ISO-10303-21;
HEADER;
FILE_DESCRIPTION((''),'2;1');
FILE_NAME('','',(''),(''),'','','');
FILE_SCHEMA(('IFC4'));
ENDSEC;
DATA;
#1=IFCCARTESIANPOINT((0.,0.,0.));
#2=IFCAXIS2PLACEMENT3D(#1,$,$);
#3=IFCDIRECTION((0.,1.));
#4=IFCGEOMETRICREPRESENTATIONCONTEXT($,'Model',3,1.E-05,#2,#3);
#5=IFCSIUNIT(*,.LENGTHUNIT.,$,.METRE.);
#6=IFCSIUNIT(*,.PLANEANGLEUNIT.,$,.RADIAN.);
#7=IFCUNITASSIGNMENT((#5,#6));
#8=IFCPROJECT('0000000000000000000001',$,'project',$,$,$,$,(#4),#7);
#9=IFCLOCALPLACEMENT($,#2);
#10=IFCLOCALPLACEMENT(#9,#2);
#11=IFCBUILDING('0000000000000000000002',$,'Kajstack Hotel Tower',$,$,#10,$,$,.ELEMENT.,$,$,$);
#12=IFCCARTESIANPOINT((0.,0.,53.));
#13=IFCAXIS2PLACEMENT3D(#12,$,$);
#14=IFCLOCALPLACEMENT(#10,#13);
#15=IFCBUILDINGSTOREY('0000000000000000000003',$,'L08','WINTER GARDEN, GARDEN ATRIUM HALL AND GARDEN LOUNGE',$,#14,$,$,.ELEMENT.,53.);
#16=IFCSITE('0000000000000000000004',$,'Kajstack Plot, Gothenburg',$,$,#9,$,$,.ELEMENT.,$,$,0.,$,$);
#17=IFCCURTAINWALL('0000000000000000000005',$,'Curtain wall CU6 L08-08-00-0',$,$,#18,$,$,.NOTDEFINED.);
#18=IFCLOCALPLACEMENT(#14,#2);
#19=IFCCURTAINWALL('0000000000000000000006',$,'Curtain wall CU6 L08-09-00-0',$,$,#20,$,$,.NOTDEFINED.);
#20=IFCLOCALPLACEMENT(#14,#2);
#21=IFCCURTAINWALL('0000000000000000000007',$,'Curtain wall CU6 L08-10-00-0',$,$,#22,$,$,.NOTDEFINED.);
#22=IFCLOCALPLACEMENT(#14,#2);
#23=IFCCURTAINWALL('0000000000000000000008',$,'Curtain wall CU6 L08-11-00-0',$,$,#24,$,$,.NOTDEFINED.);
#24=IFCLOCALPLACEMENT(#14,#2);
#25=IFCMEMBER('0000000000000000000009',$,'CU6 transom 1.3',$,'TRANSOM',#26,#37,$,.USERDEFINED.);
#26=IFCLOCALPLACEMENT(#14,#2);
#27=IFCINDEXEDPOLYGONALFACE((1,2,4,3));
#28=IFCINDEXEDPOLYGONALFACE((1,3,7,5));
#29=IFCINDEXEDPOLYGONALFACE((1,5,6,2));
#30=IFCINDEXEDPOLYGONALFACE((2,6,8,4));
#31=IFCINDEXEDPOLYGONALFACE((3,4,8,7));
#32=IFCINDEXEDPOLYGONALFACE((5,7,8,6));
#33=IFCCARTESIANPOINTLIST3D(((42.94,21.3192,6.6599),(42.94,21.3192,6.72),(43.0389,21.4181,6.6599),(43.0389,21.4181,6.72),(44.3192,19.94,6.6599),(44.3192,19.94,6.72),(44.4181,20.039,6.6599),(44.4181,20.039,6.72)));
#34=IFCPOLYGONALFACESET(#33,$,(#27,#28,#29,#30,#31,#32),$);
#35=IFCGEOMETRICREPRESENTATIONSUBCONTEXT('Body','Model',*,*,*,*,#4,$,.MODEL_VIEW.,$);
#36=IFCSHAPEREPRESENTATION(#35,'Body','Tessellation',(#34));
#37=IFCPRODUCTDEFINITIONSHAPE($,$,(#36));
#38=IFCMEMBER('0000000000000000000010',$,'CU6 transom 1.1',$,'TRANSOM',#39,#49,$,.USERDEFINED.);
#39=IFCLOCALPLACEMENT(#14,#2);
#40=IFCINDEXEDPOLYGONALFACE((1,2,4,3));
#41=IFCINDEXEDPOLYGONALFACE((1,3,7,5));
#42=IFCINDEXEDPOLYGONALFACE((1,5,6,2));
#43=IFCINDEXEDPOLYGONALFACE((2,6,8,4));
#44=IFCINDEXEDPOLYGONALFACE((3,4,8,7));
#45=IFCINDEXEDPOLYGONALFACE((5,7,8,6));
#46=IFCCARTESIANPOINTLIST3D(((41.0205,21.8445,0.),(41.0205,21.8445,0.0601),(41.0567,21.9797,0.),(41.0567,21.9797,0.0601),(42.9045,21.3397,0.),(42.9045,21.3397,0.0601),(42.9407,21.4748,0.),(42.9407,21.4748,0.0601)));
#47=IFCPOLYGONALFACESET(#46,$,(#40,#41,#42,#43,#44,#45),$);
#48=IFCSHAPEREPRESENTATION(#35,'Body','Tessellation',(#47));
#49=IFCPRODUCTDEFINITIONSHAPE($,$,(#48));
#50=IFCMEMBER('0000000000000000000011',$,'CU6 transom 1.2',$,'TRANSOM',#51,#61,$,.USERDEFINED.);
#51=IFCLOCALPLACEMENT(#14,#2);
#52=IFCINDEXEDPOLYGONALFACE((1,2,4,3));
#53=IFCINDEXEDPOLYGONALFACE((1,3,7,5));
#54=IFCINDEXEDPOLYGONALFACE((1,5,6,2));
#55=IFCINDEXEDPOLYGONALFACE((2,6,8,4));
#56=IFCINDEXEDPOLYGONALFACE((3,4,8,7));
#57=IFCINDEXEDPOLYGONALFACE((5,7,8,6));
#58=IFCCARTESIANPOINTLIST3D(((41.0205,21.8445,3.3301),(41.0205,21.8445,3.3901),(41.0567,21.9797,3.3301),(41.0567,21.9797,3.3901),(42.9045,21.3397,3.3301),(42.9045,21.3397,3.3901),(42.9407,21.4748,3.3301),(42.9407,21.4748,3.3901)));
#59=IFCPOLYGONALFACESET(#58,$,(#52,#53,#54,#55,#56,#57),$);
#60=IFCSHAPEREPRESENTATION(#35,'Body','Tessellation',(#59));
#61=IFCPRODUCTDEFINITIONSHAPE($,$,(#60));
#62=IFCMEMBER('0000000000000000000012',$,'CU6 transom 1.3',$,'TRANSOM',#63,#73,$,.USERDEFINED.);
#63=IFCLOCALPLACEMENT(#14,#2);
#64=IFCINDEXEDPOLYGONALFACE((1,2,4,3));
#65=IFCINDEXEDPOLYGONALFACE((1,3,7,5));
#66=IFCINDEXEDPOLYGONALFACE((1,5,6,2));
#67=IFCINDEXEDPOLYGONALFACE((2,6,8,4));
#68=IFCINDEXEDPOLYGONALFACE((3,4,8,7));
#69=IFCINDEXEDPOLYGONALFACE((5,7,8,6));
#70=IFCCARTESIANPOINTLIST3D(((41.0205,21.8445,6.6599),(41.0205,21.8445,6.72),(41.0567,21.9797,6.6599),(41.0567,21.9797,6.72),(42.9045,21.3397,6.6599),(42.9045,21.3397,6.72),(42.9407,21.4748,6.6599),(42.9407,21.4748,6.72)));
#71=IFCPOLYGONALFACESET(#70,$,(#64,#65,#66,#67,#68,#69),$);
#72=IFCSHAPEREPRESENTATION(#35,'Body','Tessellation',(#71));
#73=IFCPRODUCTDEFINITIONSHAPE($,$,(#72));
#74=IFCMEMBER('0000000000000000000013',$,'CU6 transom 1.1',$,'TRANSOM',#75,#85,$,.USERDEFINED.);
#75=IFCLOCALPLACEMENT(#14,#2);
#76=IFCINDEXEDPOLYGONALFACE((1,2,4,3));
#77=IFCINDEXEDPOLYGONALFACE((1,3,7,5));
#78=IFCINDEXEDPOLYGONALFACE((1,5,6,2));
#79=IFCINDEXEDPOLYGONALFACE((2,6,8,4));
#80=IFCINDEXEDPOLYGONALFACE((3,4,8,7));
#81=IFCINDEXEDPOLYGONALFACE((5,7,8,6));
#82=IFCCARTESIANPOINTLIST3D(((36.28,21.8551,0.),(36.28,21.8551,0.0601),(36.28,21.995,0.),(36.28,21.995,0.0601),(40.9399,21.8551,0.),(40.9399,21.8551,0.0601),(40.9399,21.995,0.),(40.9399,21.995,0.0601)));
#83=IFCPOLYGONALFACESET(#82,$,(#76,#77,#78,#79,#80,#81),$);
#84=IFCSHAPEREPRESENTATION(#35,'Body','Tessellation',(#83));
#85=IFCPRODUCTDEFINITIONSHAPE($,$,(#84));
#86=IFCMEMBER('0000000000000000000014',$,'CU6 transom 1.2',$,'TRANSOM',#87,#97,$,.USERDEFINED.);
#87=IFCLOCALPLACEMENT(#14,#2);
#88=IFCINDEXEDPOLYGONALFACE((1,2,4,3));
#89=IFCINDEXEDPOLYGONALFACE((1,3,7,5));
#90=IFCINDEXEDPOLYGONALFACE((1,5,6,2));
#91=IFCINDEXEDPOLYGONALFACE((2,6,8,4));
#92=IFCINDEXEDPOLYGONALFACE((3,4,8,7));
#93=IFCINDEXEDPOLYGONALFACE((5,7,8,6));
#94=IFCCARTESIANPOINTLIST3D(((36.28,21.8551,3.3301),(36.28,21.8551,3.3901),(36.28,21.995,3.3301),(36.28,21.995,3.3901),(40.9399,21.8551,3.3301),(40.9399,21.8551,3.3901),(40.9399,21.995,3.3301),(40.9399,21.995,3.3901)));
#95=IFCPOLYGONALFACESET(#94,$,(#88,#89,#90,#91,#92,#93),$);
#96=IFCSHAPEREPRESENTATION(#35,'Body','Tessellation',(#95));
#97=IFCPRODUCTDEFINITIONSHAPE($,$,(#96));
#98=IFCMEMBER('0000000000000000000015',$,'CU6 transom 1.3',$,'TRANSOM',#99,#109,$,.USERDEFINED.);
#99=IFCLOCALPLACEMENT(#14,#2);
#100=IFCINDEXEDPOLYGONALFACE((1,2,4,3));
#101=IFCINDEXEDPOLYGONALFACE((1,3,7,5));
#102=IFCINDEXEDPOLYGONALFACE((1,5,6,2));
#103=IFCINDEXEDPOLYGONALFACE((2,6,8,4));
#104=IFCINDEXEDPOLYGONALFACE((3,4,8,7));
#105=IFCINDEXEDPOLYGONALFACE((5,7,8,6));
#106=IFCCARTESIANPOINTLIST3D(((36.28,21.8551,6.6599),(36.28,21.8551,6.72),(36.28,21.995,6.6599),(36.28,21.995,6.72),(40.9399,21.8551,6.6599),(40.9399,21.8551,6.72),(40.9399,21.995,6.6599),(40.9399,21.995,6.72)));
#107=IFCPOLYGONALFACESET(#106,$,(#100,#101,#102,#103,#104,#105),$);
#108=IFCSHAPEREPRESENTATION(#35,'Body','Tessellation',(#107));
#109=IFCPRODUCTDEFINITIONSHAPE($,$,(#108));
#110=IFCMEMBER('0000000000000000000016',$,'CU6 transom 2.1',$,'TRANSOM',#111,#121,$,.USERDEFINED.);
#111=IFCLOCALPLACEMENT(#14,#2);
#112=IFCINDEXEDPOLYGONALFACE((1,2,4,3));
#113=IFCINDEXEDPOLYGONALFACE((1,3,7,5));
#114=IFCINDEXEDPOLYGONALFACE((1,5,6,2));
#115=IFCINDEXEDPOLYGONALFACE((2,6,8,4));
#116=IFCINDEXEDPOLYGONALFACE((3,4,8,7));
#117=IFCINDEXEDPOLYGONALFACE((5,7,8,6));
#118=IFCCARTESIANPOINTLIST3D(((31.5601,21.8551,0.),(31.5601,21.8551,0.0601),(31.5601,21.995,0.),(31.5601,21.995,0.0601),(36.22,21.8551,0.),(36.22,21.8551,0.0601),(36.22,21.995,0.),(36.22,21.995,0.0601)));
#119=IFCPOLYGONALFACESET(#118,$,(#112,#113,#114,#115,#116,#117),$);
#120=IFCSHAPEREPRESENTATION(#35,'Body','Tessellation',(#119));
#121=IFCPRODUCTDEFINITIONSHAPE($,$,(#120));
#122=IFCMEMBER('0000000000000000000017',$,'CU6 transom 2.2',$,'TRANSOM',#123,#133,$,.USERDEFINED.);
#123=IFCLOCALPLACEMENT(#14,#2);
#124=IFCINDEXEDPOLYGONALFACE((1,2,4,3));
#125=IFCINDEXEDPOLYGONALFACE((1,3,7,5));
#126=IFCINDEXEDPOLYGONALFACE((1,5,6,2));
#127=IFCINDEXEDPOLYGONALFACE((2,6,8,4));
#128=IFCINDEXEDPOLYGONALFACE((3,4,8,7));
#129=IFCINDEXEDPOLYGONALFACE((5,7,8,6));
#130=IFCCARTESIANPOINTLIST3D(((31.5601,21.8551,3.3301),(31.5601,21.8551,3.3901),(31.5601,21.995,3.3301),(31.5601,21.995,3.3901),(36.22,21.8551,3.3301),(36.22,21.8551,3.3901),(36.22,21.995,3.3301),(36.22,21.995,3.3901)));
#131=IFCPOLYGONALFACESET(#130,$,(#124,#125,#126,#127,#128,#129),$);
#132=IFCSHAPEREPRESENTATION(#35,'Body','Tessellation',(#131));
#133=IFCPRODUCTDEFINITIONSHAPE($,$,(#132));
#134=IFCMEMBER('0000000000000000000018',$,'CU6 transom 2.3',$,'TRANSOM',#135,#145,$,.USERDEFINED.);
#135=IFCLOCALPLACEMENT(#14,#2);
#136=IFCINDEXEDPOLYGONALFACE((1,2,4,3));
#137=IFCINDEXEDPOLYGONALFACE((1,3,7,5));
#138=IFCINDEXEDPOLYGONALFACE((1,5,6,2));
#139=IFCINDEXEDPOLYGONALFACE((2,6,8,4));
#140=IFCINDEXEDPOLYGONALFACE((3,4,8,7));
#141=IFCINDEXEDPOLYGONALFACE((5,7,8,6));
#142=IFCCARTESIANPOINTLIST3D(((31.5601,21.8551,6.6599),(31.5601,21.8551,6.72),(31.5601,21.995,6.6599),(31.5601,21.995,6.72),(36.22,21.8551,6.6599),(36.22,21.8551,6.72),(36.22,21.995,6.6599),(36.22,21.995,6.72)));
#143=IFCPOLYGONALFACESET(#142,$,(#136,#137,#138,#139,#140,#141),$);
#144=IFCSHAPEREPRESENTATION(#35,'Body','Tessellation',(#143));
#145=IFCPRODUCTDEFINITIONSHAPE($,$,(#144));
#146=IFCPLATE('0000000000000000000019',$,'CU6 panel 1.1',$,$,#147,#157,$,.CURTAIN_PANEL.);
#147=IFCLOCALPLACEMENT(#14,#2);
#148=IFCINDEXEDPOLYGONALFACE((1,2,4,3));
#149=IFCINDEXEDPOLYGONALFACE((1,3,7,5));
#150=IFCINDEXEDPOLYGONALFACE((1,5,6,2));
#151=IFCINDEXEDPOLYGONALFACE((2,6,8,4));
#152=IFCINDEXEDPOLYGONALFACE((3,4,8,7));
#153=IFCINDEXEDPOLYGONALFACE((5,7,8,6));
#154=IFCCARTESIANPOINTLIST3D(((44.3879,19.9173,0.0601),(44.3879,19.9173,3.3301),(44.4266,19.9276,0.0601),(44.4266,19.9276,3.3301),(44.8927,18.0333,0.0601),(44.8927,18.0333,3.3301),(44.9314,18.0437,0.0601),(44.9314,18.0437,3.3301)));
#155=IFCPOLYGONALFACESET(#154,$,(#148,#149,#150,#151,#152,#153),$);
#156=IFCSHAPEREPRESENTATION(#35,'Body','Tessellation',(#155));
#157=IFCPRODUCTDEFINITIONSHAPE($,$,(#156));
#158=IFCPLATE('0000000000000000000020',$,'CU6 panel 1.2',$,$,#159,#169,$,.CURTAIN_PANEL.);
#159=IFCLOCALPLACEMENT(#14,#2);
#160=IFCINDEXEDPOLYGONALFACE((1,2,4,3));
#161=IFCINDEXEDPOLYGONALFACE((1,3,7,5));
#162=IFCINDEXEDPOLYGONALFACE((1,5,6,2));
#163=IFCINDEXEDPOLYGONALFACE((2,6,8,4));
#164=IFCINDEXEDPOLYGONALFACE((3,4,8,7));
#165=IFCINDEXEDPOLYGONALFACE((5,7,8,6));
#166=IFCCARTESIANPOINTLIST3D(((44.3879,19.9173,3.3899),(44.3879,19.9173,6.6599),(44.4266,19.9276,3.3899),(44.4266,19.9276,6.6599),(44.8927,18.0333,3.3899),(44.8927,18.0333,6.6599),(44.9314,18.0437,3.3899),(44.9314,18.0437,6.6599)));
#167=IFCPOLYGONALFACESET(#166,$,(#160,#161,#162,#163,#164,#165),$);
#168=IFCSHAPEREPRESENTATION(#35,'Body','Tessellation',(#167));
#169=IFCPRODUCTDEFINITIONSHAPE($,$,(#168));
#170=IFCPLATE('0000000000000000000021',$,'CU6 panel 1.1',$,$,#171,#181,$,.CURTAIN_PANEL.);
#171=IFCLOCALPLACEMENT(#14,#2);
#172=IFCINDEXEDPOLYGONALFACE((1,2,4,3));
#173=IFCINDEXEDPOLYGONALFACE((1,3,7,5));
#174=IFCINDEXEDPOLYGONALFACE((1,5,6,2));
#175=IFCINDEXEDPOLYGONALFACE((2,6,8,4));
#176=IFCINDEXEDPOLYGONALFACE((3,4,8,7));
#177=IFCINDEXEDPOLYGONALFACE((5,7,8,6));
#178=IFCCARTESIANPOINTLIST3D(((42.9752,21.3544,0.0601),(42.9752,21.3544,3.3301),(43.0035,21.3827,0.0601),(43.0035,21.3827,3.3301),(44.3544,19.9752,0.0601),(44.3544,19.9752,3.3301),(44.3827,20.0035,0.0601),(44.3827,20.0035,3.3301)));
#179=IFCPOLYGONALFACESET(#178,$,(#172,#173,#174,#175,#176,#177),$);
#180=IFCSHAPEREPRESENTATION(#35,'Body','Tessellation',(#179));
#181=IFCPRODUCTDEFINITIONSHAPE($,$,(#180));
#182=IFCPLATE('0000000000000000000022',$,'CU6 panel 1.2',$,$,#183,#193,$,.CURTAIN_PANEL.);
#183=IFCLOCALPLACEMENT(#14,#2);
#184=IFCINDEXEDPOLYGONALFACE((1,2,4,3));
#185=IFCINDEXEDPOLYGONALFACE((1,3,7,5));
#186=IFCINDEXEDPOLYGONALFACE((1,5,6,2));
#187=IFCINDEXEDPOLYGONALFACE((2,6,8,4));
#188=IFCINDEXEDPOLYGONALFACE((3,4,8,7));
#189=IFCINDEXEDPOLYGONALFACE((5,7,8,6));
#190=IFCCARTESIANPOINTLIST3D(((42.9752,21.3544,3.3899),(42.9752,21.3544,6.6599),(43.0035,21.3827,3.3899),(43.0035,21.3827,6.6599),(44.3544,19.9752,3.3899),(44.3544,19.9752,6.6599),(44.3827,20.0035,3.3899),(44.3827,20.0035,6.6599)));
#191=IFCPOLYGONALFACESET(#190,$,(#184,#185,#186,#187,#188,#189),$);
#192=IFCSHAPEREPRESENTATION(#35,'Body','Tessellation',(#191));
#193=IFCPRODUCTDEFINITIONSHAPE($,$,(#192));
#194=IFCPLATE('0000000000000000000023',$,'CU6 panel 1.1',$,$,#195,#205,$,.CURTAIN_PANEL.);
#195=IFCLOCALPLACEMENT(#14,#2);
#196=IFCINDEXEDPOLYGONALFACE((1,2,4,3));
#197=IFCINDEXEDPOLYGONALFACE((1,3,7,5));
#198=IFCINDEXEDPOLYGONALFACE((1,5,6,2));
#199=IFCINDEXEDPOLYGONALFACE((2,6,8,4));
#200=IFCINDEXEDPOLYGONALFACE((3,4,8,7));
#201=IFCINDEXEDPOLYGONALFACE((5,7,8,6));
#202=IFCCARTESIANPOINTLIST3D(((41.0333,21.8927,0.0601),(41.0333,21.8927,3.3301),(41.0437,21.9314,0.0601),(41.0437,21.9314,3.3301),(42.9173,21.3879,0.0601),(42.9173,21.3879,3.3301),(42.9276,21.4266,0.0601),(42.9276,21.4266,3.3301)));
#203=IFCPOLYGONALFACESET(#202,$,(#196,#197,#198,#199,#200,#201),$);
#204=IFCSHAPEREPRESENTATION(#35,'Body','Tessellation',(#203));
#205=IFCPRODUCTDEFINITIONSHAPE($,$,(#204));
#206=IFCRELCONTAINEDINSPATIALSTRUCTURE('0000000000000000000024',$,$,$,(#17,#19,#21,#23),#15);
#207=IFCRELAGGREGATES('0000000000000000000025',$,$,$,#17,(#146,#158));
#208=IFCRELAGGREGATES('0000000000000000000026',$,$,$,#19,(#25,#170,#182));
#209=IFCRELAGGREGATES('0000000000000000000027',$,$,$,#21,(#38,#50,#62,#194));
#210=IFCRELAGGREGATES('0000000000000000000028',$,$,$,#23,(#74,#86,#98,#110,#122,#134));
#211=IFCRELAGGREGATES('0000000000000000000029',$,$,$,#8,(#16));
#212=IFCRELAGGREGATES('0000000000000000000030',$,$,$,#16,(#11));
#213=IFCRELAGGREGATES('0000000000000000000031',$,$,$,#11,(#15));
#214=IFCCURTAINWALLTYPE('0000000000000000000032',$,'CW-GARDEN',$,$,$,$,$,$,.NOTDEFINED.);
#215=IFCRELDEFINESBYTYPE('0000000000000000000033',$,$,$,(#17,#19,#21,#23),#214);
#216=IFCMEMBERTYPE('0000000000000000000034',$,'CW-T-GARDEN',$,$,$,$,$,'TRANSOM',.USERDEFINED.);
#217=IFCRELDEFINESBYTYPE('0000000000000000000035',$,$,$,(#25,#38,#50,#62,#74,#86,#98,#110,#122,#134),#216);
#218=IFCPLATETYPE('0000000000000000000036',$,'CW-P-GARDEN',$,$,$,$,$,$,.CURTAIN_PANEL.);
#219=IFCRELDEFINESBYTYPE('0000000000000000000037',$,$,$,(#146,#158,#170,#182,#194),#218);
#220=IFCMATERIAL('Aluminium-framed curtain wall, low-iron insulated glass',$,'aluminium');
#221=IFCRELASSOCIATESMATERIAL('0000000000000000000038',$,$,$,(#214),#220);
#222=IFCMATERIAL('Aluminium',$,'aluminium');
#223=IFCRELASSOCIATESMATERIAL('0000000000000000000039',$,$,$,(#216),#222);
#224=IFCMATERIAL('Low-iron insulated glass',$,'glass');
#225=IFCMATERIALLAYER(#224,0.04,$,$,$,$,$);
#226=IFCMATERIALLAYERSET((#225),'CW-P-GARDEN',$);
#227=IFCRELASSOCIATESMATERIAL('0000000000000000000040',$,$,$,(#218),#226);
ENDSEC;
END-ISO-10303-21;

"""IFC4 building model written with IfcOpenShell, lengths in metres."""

from ifc_helpers import new_model, si_unit, direction, frame, origin, origin_2d, place, context, subcontext, project, spatial, rectangle, extrude, material, layer, layer_set, material_profile, profile_set, type_object, element, aggregate, save


model = new_model("IFC4")

# Units and contexts
model_context = context("Model", 3, precision=1e-05, world=origin(), true_north=direction((0.0, 1.0)))
body_context = subcontext(model_context, "Body", "Model", "MODEL_VIEW")
ifc_project = project(units=[si_unit("LENGTHUNIT", "METRE"), si_unit("PLANEANGLEUNIT", "RADIAN")], contexts=[model_context])

# Site, building, storey
site_placement = place(None, origin())
site = spatial("IfcSite", under=ifc_project, at=site_placement, Name="Kajstack Plot, Gothenburg", CompositionType="ELEMENT", RefElevation=0.0)
building_placement = place(site_placement, origin())
building = spatial("IfcBuilding", under=site, at=building_placement, Name="Kajstack Hotel Tower", CompositionType="ELEMENT")
storey_placement = place(building_placement, frame((0.0, 0.0, 53.0)))
storey = spatial("IfcBuildingStorey", under=building, at=storey_placement, Name="L08", Description="WINTER GARDEN, GARDEN ATRIUM HALL AND GARDEN LOUNGE", CompositionType="ELEMENT", Elevation=53.0)

# Shared definitions
ifc_material_1 = material(Name="Aluminium-framed curtain wall, low-iron insulated glass", Category="aluminium")
curtain_wall_type = type_object("IfcCurtainWallType", Name="CW-GARDEN", PredefinedType="NOTDEFINED", material=ifc_material_1)
ifc_material_2 = material(Name="Aluminium", Category="aluminium")

# Curtain walls
curtain_wall_1_placement = place(storey_placement, origin())
curtain_wall_1 = element("IfcCurtainWall", 1, at=curtain_wall_1_placement, inside=storey, type_object=curtain_wall_type, Name="Curtain wall CU6 L08-08-00-0", PredefinedType="NOTDEFINED")
curtain_wall_2_placement = place(storey_placement, origin())
curtain_wall_2 = element("IfcCurtainWall", 2, at=curtain_wall_2_placement, inside=storey, type_object=curtain_wall_type, Name="Curtain wall CU6 L08-09-00-0", PredefinedType="NOTDEFINED")
curtain_wall_3_placement = place(storey_placement, origin())
curtain_wall_3 = element("IfcCurtainWall", 3, at=curtain_wall_3_placement, inside=storey, type_object=curtain_wall_type, Name="Curtain wall CU6 L08-10-00-0", PredefinedType="NOTDEFINED")
curtain_wall_4_placement = place(storey_placement, origin())
curtain_wall_4 = element("IfcCurtainWall", 4, at=curtain_wall_4_placement, inside=storey, type_object=curtain_wall_type, Name="Curtain wall CU6 L08-11-00-0", PredefinedType="NOTDEFINED")

# Members
ifc_material_profile_1 = material_profile(ifc_material_2, rectangle(XDim=0.1399, YDim=0.0601, at=origin_2d()), Name="Aluminium transom 140 x 60")
ifc_profile_set_1 = profile_set([ifc_material_profile_1], Name="Aluminium")
member_type_1 = type_object("IfcMemberType", Name="CW-T-GARDEN", ElementType="TRANSOM", PredefinedType="USERDEFINED", material=ifc_profile_set_1)
member_1_placement = place(storey_placement, frame((44.3687, 19.9895, 6.6899), z_axis=(-0.707107, 0.707107, 0.0), x_axis=(-0.707107, -0.707107, 0.0)))
member_1 = element("IfcMember", 5, at=member_1_placement, type_object=member_type_1, Name="CU6 transom 1.3", ObjectType="TRANSOM", PredefinedType="USERDEFINED", context=body_context, shape_type="SweptSolid", body=[
    extrude(rectangle(XDim=0.1399, YDim=0.0601, at=origin_2d()), origin(), (0.0, 0.0, 1.0), 1.9504),
])
member_2_placement = place(storey_placement, frame((42.9226, 21.4072, 0.03), z_axis=(-0.965918, 0.258847, 0.0), x_axis=(-0.258847, -0.965918, 0.0)))
member_2 = element("IfcMember", 6, at=member_2_placement, type_object=member_type_1, Name="CU6 transom 1.1", ObjectType="TRANSOM", PredefinedType="USERDEFINED", context=body_context, shape_type="SweptSolid", body=[
    extrude(rectangle(XDim=0.1399, YDim=0.0601, at=origin_2d()), origin(), (0.0, 0.0, 1.0), 1.9504),
])
member_3_placement = place(storey_placement, frame((42.9226, 21.4072, 3.3601), z_axis=(-0.965918, 0.258847, 0.0), x_axis=(-0.258847, -0.965918, 0.0)))
member_3 = element("IfcMember", 7, at=member_3_placement, type_object=member_type_1, Name="CU6 transom 1.2", ObjectType="TRANSOM", PredefinedType="USERDEFINED", context=body_context, shape_type="SweptSolid", body=[
    extrude(rectangle(XDim=0.1399, YDim=0.0601, at=origin_2d()), origin(), (0.0, 0.0, 1.0), 1.9504),
])
member_4_placement = place(storey_placement, frame((42.9226, 21.4072, 6.6899), z_axis=(-0.965918, 0.258847, 0.0), x_axis=(-0.258847, -0.965918, 0.0)))
member_4 = element("IfcMember", 8, at=member_4_placement, type_object=member_type_1, Name="CU6 transom 1.3", ObjectType="TRANSOM", PredefinedType="USERDEFINED", context=body_context, shape_type="SweptSolid", body=[
    extrude(rectangle(XDim=0.1399, YDim=0.0601, at=origin_2d()), origin(), (0.0, 0.0, 1.0), 1.9504),
])
member_5_placement = place(storey_placement, frame((40.9399, 21.925, 0.03), z_axis=(-1.0, 0.0, 0.0), x_axis=(0.0, -1.0, 0.0)))
member_5 = element("IfcMember", 9, at=member_5_placement, type_object=member_type_1, Name="CU6 transom 1.1", ObjectType="TRANSOM", PredefinedType="USERDEFINED", context=body_context, shape_type="SweptSolid", body=[
    extrude(rectangle(XDim=0.1399, YDim=0.0601, at=origin_2d()), origin(), (0.0, 0.0, 1.0), 4.6599),
])
member_6_placement = place(storey_placement, frame((40.9399, 21.925, 3.3601), z_axis=(-1.0, 0.0, 0.0), x_axis=(0.0, -1.0, 0.0)))
member_6 = element("IfcMember", 10, at=member_6_placement, type_object=member_type_1, Name="CU6 transom 1.2", ObjectType="TRANSOM", PredefinedType="USERDEFINED", context=body_context, shape_type="SweptSolid", body=[
    extrude(rectangle(XDim=0.1399, YDim=0.0601, at=origin_2d()), origin(), (0.0, 0.0, 1.0), 4.6599),
])
member_7_placement = place(storey_placement, frame((40.9399, 21.925, 6.6899), z_axis=(-1.0, 0.0, 0.0), x_axis=(0.0, -1.0, 0.0)))
member_7 = element("IfcMember", 11, at=member_7_placement, type_object=member_type_1, Name="CU6 transom 1.3", ObjectType="TRANSOM", PredefinedType="USERDEFINED", context=body_context, shape_type="SweptSolid", body=[
    extrude(rectangle(XDim=0.1399, YDim=0.0601, at=origin_2d()), origin(), (0.0, 0.0, 1.0), 4.6599),
])
member_8_placement = place(storey_placement, frame((36.22, 21.925, 0.03), z_axis=(-1.0, 0.0, 0.0), x_axis=(0.0, -1.0, 0.0)))
member_8 = element("IfcMember", 12, at=member_8_placement, type_object=member_type_1, Name="CU6 transom 2.1", ObjectType="TRANSOM", PredefinedType="USERDEFINED", context=body_context, shape_type="SweptSolid", body=[
    extrude(rectangle(XDim=0.1399, YDim=0.0601, at=origin_2d()), origin(), (0.0, 0.0, 1.0), 4.6599),
])
member_9_placement = place(storey_placement, frame((36.22, 21.925, 3.3601), z_axis=(-1.0, 0.0, 0.0), x_axis=(0.0, -1.0, 0.0)))
member_9 = element("IfcMember", 13, at=member_9_placement, type_object=member_type_1, Name="CU6 transom 2.2", ObjectType="TRANSOM", PredefinedType="USERDEFINED", context=body_context, shape_type="SweptSolid", body=[
    extrude(rectangle(XDim=0.1399, YDim=0.0601, at=origin_2d()), origin(), (0.0, 0.0, 1.0), 4.6599),
])
member_10_placement = place(storey_placement, frame((36.22, 21.925, 6.6899), z_axis=(-1.0, 0.0, 0.0), x_axis=(0.0, -1.0, 0.0)))
member_10 = element("IfcMember", 14, at=member_10_placement, type_object=member_type_1, Name="CU6 transom 2.3", ObjectType="TRANSOM", PredefinedType="USERDEFINED", context=body_context, shape_type="SweptSolid", body=[
    extrude(rectangle(XDim=0.1399, YDim=0.0601, at=origin_2d()), origin(), (0.0, 0.0, 1.0), 4.6599),
])

# Plates
ifc_material_3 = material(Name="Low-iron insulated glass", Category="glass")
ifc_layer = layer(ifc_material_3, 0.04)
ifc_layer_set = layer_set([ifc_layer], Name="CW-P-GARDEN")
plate_type = type_object("IfcPlateType", Name="CW-P-GARDEN", PredefinedType="CURTAIN_PANEL", material=ifc_layer_set)
plate_1_placement = place(storey_placement, frame((44.6597, 18.9805, 0.0601), z_axis=(0.0, 0.0, 1.0), x_axis=(-0.25882, 0.965926, 0.0)))
plate_1 = element("IfcPlate", 15, at=plate_1_placement, type_object=plate_type, Name="CU6 panel 1.1", PredefinedType="CURTAIN_PANEL", context=body_context, shape_type="SweptSolid", body=[
    extrude(rectangle(XDim=1.9504, YDim=0.04, at=origin_2d()), origin(), (0.0, 0.0, 1.0), 3.27),
])
plate_2_placement = place(storey_placement, frame((44.6597, 18.9805, 3.3899), z_axis=(0.0, 0.0, 1.0), x_axis=(-0.25882, 0.965926, 0.0)))
plate_2 = element("IfcPlate", 16, at=plate_2_placement, type_object=plate_type, Name="CU6 panel 1.2", PredefinedType="CURTAIN_PANEL", context=body_context, shape_type="SweptSolid", body=[
    extrude(rectangle(XDim=1.9504, YDim=0.04, at=origin_2d()), origin(), (0.0, 0.0, 1.0), 3.27),
])
aggregate(curtain_wall_1, [plate_1, plate_2])
plate_3_placement = place(storey_placement, frame((43.679, 20.679, 0.0601), z_axis=(0.0, 0.0, 1.0), x_axis=(-0.707107, 0.707107, 0.0)))
plate_3 = element("IfcPlate", 17, at=plate_3_placement, type_object=plate_type, Name="CU6 panel 1.1", PredefinedType="CURTAIN_PANEL", context=body_context, shape_type="SweptSolid", body=[
    extrude(rectangle(XDim=1.9504, YDim=0.04, at=origin_2d()), origin(), (0.0, 0.0, 1.0), 3.27),
])
plate_4_placement = place(storey_placement, frame((43.679, 20.679, 3.3899), z_axis=(0.0, 0.0, 1.0), x_axis=(-0.707107, 0.707107, 0.0)))
plate_4 = element("IfcPlate", 18, at=plate_4_placement, type_object=plate_type, Name="CU6 panel 1.2", PredefinedType="CURTAIN_PANEL", context=body_context, shape_type="SweptSolid", body=[
    extrude(rectangle(XDim=1.9504, YDim=0.04, at=origin_2d()), origin(), (0.0, 0.0, 1.0), 3.27),
])
aggregate(curtain_wall_2, [member_1, plate_3, plate_4])
plate_5_placement = place(storey_placement, frame((41.9805, 21.6597, 0.0601), z_axis=(0.0, 0.0, 1.0), x_axis=(-0.965926, 0.25882, 0.0)))
plate_5 = element("IfcPlate", 19, at=plate_5_placement, type_object=plate_type, Name="CU6 panel 1.1", PredefinedType="CURTAIN_PANEL", context=body_context, shape_type="SweptSolid", body=[
    extrude(rectangle(XDim=1.9504, YDim=0.04, at=origin_2d()), origin(), (0.0, 0.0, 1.0), 3.27),
])
aggregate(curtain_wall_3, [member_2, member_3, member_4, plate_5])
aggregate(curtain_wall_4, [member_5, member_6, member_7, member_8, member_9, member_10])

save(model, "model.ifc")
